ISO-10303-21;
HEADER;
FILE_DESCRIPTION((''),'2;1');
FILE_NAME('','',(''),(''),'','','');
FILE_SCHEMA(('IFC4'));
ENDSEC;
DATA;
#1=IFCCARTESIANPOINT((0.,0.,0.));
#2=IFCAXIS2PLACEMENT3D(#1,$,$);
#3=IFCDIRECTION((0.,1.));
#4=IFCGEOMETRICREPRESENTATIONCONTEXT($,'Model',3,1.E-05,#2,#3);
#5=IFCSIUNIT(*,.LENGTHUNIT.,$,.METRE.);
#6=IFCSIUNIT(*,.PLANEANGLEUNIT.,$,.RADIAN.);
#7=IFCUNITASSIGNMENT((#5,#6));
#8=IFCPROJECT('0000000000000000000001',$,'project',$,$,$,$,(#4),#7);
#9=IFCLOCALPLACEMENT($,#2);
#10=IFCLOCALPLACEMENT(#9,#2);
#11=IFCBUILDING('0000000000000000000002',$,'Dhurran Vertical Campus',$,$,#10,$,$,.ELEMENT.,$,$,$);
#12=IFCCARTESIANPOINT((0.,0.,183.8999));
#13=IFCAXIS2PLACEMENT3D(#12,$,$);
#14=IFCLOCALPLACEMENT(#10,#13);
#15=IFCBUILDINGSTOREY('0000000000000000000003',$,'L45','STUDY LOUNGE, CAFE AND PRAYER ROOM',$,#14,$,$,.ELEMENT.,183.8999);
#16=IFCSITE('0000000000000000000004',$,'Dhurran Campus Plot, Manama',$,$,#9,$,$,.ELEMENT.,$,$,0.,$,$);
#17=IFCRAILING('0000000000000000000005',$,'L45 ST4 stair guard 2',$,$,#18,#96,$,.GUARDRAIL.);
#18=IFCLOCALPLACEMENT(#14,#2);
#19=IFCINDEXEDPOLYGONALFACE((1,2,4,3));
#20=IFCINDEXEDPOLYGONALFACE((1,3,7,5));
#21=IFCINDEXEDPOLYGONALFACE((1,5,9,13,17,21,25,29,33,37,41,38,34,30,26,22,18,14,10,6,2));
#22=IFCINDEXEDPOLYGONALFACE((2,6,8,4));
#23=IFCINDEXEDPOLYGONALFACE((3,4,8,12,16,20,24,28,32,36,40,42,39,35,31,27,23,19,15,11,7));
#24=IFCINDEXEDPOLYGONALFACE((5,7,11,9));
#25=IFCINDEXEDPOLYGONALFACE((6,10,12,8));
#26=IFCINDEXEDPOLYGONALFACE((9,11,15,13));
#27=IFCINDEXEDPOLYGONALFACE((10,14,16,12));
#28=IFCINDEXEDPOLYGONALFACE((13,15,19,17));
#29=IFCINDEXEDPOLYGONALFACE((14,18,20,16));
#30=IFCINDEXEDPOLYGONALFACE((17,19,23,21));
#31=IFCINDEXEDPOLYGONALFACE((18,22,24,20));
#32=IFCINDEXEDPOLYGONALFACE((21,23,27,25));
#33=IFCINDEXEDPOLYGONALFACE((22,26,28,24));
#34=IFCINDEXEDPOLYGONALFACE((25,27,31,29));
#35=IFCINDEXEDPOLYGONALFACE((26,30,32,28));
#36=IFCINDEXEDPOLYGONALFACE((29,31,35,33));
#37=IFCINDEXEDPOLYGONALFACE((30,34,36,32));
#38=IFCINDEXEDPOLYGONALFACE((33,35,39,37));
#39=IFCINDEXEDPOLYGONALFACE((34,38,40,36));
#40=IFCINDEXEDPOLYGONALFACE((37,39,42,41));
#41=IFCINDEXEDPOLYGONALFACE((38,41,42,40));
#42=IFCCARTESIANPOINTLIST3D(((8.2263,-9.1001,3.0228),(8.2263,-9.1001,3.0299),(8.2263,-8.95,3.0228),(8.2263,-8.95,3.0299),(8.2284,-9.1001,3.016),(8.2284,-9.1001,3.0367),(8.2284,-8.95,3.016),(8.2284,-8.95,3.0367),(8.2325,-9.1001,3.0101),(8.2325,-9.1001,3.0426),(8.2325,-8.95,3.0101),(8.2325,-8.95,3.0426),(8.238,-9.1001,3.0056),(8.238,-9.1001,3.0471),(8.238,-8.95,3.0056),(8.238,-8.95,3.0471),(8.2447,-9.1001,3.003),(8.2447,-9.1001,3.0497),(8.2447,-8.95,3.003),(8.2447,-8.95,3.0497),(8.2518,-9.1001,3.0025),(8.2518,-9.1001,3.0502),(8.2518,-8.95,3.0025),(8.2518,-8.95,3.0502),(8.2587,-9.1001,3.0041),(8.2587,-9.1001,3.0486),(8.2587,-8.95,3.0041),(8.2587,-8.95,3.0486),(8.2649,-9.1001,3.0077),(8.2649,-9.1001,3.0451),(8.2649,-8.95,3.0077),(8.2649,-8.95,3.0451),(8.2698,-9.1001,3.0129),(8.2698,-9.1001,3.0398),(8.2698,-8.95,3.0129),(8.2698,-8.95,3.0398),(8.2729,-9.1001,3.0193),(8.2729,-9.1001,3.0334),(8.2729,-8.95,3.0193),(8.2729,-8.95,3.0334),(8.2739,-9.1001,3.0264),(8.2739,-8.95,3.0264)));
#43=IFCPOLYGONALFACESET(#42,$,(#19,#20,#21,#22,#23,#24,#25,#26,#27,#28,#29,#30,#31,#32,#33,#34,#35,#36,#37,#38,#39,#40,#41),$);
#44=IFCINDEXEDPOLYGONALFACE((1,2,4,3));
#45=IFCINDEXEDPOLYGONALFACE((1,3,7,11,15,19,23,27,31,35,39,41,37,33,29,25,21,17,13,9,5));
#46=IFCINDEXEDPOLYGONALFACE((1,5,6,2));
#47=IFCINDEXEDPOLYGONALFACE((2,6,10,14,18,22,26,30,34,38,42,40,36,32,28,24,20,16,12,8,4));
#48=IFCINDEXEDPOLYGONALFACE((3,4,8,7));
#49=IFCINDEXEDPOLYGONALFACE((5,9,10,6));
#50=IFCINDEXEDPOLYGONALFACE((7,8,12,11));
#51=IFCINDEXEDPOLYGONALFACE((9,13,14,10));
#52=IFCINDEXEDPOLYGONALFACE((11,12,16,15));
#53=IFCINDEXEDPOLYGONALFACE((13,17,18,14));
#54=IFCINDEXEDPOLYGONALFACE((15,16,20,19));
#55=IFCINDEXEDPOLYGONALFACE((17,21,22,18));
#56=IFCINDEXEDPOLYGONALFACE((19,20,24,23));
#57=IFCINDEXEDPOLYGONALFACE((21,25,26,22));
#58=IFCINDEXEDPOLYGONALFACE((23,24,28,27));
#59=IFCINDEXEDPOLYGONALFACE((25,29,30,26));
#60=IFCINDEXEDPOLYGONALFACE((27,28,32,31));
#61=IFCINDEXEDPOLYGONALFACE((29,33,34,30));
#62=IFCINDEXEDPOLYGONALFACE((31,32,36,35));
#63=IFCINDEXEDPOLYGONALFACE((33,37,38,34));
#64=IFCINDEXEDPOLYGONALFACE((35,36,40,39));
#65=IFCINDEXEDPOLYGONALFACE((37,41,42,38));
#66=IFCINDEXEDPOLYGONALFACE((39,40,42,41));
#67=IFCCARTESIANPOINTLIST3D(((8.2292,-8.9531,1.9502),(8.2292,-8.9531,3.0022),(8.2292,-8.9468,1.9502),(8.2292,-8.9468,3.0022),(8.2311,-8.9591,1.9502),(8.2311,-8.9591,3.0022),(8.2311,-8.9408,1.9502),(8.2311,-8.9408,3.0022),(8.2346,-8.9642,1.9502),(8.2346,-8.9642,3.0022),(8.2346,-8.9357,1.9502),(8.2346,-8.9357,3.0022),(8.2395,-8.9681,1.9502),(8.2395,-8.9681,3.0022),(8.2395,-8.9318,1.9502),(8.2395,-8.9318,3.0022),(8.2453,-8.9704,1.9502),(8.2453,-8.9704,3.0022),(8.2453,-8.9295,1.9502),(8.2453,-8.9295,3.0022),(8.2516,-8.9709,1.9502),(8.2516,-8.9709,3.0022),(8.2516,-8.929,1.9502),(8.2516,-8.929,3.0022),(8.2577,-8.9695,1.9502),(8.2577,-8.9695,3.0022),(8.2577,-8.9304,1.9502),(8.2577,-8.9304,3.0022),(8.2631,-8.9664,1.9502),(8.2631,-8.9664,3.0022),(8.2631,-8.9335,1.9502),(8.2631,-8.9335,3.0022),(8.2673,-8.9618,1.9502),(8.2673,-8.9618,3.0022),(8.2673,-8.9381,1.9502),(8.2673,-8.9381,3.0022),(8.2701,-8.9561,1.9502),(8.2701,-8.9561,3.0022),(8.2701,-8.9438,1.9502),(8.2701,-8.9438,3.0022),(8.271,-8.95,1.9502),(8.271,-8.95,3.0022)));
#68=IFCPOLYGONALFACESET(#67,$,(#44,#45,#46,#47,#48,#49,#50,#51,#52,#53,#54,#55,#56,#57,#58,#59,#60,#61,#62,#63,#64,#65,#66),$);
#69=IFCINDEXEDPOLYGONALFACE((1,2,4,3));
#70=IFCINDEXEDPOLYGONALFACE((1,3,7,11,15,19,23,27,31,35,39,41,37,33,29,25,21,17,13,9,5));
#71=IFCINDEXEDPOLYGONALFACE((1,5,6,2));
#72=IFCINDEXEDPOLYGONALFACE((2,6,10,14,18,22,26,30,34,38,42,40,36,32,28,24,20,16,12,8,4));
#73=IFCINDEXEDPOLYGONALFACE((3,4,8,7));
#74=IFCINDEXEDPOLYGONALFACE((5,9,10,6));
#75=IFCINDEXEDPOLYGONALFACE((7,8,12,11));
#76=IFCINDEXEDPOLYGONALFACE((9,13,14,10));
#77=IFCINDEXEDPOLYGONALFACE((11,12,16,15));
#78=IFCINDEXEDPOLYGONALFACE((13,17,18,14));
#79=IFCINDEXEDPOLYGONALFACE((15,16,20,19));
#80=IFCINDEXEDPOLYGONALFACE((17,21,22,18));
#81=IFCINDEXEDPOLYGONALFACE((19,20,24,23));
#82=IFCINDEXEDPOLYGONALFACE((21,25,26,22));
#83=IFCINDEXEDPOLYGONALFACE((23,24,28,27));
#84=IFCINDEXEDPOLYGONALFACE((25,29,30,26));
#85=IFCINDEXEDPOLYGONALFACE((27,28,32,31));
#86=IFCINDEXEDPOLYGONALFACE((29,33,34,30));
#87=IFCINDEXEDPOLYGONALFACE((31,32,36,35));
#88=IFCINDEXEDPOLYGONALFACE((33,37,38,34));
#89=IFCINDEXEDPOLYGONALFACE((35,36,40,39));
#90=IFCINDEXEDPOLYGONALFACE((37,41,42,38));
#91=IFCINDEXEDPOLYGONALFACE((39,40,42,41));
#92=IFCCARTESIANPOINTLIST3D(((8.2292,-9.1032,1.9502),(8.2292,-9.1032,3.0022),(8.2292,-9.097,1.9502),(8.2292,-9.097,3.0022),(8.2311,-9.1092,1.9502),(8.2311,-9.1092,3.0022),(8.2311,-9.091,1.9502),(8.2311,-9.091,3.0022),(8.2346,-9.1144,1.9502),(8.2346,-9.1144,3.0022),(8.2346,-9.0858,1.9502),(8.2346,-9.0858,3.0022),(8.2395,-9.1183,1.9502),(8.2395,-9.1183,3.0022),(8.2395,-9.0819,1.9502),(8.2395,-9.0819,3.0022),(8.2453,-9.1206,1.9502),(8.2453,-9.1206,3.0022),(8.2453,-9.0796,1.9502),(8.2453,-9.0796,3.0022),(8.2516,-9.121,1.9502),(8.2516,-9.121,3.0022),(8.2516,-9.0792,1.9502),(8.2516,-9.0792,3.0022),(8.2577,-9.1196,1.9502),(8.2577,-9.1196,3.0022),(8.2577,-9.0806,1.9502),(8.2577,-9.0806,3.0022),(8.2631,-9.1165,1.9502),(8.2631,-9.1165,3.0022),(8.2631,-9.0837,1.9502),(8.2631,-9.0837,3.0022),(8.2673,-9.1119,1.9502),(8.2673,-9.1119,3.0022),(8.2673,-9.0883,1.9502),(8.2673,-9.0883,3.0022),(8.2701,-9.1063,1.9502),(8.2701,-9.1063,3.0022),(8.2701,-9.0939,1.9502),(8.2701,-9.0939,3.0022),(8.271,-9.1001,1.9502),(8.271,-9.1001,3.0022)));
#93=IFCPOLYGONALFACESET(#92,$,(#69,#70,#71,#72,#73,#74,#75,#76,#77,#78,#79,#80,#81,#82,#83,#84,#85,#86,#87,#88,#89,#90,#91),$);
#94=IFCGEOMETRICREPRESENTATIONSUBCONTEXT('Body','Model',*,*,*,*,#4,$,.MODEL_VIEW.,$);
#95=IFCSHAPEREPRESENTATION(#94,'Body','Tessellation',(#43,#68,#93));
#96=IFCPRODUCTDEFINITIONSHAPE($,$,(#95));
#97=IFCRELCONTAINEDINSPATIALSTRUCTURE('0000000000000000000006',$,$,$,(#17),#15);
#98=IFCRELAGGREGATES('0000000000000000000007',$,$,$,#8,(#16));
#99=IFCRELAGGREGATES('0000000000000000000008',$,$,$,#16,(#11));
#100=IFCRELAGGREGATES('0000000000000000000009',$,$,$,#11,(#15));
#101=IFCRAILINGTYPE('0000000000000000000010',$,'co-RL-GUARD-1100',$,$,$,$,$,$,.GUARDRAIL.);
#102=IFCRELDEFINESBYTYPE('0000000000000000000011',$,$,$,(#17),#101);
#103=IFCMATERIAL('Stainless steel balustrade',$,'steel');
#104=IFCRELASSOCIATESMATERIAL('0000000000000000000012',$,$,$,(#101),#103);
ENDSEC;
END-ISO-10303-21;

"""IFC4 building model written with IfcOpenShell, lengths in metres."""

from ifc_helpers import new_model, si_unit, direction, frame, origin, origin_2d, place, context, subcontext, project, spatial, circle, extrude, material, type_object, element, save


model = new_model("IFC4")

# Units and contexts
model_context = context("Model", 3, precision=1e-05, world=origin(), true_north=direction((0.0, 1.0)))
body_context = subcontext(model_context, "Body", "Model", "MODEL_VIEW")
ifc_project = project(units=[si_unit("LENGTHUNIT", "METRE"), si_unit("PLANEANGLEUNIT", "RADIAN")], contexts=[model_context])

# Site, building, storey
site_placement = place(None, origin())
site = spatial("IfcSite", under=ifc_project, at=site_placement, Name="Dhurran Campus Plot, Manama", CompositionType="ELEMENT", RefElevation=0.0)
building_placement = place(site_placement, origin())
building = spatial("IfcBuilding", under=site, at=building_placement, Name="Dhurran Vertical Campus", CompositionType="ELEMENT")
storey_placement = place(building_placement, frame((0.0, 0.0, 183.8999)))
storey = spatial("IfcBuildingStorey", under=building, at=storey_placement, Name="L45", Description="STUDY LOUNGE, CAFE AND PRAYER ROOM", CompositionType="ELEMENT", Elevation=183.8999)

# Railing
ifc_material_1 = material(Name="Stainless steel balustrade", Category="steel")
railing_type_1 = type_object("IfcRailingType", Name="co-RL-GUARD-1100", PredefinedType="GUARDRAIL", material=ifc_material_1)
railing_1_placement = place(storey_placement, frame((8.25, -8.95, 1.9502)))
element("IfcRailing", 1, at=railing_1_placement, inside=storey, type_object=railing_type_1, Name="L45 ST4 stair guard 2", PredefinedType="GUARDRAIL", context=body_context, shape_type="SweptSolid", body=[
    extrude(circle(Radius=0.0239, at=origin_2d()), frame((0.0, 0.0, 1.0762), z_axis=(0.0, -1.0, 0.0), x_axis=(1.0, 0.0, 0.0)), (0.0, 0.0, 1.0), 0.1501),
    extrude(circle(Radius=0.021, at=origin_2d()), origin(), (0.0, 0.0, 1.0), 1.052),
    extrude(circle(Radius=0.021, at=origin_2d()), frame((0.0, -0.1501, 0.0)), (0.0, 0.0, 1.0), 1.052),
])

save(model, "model.ifc")
